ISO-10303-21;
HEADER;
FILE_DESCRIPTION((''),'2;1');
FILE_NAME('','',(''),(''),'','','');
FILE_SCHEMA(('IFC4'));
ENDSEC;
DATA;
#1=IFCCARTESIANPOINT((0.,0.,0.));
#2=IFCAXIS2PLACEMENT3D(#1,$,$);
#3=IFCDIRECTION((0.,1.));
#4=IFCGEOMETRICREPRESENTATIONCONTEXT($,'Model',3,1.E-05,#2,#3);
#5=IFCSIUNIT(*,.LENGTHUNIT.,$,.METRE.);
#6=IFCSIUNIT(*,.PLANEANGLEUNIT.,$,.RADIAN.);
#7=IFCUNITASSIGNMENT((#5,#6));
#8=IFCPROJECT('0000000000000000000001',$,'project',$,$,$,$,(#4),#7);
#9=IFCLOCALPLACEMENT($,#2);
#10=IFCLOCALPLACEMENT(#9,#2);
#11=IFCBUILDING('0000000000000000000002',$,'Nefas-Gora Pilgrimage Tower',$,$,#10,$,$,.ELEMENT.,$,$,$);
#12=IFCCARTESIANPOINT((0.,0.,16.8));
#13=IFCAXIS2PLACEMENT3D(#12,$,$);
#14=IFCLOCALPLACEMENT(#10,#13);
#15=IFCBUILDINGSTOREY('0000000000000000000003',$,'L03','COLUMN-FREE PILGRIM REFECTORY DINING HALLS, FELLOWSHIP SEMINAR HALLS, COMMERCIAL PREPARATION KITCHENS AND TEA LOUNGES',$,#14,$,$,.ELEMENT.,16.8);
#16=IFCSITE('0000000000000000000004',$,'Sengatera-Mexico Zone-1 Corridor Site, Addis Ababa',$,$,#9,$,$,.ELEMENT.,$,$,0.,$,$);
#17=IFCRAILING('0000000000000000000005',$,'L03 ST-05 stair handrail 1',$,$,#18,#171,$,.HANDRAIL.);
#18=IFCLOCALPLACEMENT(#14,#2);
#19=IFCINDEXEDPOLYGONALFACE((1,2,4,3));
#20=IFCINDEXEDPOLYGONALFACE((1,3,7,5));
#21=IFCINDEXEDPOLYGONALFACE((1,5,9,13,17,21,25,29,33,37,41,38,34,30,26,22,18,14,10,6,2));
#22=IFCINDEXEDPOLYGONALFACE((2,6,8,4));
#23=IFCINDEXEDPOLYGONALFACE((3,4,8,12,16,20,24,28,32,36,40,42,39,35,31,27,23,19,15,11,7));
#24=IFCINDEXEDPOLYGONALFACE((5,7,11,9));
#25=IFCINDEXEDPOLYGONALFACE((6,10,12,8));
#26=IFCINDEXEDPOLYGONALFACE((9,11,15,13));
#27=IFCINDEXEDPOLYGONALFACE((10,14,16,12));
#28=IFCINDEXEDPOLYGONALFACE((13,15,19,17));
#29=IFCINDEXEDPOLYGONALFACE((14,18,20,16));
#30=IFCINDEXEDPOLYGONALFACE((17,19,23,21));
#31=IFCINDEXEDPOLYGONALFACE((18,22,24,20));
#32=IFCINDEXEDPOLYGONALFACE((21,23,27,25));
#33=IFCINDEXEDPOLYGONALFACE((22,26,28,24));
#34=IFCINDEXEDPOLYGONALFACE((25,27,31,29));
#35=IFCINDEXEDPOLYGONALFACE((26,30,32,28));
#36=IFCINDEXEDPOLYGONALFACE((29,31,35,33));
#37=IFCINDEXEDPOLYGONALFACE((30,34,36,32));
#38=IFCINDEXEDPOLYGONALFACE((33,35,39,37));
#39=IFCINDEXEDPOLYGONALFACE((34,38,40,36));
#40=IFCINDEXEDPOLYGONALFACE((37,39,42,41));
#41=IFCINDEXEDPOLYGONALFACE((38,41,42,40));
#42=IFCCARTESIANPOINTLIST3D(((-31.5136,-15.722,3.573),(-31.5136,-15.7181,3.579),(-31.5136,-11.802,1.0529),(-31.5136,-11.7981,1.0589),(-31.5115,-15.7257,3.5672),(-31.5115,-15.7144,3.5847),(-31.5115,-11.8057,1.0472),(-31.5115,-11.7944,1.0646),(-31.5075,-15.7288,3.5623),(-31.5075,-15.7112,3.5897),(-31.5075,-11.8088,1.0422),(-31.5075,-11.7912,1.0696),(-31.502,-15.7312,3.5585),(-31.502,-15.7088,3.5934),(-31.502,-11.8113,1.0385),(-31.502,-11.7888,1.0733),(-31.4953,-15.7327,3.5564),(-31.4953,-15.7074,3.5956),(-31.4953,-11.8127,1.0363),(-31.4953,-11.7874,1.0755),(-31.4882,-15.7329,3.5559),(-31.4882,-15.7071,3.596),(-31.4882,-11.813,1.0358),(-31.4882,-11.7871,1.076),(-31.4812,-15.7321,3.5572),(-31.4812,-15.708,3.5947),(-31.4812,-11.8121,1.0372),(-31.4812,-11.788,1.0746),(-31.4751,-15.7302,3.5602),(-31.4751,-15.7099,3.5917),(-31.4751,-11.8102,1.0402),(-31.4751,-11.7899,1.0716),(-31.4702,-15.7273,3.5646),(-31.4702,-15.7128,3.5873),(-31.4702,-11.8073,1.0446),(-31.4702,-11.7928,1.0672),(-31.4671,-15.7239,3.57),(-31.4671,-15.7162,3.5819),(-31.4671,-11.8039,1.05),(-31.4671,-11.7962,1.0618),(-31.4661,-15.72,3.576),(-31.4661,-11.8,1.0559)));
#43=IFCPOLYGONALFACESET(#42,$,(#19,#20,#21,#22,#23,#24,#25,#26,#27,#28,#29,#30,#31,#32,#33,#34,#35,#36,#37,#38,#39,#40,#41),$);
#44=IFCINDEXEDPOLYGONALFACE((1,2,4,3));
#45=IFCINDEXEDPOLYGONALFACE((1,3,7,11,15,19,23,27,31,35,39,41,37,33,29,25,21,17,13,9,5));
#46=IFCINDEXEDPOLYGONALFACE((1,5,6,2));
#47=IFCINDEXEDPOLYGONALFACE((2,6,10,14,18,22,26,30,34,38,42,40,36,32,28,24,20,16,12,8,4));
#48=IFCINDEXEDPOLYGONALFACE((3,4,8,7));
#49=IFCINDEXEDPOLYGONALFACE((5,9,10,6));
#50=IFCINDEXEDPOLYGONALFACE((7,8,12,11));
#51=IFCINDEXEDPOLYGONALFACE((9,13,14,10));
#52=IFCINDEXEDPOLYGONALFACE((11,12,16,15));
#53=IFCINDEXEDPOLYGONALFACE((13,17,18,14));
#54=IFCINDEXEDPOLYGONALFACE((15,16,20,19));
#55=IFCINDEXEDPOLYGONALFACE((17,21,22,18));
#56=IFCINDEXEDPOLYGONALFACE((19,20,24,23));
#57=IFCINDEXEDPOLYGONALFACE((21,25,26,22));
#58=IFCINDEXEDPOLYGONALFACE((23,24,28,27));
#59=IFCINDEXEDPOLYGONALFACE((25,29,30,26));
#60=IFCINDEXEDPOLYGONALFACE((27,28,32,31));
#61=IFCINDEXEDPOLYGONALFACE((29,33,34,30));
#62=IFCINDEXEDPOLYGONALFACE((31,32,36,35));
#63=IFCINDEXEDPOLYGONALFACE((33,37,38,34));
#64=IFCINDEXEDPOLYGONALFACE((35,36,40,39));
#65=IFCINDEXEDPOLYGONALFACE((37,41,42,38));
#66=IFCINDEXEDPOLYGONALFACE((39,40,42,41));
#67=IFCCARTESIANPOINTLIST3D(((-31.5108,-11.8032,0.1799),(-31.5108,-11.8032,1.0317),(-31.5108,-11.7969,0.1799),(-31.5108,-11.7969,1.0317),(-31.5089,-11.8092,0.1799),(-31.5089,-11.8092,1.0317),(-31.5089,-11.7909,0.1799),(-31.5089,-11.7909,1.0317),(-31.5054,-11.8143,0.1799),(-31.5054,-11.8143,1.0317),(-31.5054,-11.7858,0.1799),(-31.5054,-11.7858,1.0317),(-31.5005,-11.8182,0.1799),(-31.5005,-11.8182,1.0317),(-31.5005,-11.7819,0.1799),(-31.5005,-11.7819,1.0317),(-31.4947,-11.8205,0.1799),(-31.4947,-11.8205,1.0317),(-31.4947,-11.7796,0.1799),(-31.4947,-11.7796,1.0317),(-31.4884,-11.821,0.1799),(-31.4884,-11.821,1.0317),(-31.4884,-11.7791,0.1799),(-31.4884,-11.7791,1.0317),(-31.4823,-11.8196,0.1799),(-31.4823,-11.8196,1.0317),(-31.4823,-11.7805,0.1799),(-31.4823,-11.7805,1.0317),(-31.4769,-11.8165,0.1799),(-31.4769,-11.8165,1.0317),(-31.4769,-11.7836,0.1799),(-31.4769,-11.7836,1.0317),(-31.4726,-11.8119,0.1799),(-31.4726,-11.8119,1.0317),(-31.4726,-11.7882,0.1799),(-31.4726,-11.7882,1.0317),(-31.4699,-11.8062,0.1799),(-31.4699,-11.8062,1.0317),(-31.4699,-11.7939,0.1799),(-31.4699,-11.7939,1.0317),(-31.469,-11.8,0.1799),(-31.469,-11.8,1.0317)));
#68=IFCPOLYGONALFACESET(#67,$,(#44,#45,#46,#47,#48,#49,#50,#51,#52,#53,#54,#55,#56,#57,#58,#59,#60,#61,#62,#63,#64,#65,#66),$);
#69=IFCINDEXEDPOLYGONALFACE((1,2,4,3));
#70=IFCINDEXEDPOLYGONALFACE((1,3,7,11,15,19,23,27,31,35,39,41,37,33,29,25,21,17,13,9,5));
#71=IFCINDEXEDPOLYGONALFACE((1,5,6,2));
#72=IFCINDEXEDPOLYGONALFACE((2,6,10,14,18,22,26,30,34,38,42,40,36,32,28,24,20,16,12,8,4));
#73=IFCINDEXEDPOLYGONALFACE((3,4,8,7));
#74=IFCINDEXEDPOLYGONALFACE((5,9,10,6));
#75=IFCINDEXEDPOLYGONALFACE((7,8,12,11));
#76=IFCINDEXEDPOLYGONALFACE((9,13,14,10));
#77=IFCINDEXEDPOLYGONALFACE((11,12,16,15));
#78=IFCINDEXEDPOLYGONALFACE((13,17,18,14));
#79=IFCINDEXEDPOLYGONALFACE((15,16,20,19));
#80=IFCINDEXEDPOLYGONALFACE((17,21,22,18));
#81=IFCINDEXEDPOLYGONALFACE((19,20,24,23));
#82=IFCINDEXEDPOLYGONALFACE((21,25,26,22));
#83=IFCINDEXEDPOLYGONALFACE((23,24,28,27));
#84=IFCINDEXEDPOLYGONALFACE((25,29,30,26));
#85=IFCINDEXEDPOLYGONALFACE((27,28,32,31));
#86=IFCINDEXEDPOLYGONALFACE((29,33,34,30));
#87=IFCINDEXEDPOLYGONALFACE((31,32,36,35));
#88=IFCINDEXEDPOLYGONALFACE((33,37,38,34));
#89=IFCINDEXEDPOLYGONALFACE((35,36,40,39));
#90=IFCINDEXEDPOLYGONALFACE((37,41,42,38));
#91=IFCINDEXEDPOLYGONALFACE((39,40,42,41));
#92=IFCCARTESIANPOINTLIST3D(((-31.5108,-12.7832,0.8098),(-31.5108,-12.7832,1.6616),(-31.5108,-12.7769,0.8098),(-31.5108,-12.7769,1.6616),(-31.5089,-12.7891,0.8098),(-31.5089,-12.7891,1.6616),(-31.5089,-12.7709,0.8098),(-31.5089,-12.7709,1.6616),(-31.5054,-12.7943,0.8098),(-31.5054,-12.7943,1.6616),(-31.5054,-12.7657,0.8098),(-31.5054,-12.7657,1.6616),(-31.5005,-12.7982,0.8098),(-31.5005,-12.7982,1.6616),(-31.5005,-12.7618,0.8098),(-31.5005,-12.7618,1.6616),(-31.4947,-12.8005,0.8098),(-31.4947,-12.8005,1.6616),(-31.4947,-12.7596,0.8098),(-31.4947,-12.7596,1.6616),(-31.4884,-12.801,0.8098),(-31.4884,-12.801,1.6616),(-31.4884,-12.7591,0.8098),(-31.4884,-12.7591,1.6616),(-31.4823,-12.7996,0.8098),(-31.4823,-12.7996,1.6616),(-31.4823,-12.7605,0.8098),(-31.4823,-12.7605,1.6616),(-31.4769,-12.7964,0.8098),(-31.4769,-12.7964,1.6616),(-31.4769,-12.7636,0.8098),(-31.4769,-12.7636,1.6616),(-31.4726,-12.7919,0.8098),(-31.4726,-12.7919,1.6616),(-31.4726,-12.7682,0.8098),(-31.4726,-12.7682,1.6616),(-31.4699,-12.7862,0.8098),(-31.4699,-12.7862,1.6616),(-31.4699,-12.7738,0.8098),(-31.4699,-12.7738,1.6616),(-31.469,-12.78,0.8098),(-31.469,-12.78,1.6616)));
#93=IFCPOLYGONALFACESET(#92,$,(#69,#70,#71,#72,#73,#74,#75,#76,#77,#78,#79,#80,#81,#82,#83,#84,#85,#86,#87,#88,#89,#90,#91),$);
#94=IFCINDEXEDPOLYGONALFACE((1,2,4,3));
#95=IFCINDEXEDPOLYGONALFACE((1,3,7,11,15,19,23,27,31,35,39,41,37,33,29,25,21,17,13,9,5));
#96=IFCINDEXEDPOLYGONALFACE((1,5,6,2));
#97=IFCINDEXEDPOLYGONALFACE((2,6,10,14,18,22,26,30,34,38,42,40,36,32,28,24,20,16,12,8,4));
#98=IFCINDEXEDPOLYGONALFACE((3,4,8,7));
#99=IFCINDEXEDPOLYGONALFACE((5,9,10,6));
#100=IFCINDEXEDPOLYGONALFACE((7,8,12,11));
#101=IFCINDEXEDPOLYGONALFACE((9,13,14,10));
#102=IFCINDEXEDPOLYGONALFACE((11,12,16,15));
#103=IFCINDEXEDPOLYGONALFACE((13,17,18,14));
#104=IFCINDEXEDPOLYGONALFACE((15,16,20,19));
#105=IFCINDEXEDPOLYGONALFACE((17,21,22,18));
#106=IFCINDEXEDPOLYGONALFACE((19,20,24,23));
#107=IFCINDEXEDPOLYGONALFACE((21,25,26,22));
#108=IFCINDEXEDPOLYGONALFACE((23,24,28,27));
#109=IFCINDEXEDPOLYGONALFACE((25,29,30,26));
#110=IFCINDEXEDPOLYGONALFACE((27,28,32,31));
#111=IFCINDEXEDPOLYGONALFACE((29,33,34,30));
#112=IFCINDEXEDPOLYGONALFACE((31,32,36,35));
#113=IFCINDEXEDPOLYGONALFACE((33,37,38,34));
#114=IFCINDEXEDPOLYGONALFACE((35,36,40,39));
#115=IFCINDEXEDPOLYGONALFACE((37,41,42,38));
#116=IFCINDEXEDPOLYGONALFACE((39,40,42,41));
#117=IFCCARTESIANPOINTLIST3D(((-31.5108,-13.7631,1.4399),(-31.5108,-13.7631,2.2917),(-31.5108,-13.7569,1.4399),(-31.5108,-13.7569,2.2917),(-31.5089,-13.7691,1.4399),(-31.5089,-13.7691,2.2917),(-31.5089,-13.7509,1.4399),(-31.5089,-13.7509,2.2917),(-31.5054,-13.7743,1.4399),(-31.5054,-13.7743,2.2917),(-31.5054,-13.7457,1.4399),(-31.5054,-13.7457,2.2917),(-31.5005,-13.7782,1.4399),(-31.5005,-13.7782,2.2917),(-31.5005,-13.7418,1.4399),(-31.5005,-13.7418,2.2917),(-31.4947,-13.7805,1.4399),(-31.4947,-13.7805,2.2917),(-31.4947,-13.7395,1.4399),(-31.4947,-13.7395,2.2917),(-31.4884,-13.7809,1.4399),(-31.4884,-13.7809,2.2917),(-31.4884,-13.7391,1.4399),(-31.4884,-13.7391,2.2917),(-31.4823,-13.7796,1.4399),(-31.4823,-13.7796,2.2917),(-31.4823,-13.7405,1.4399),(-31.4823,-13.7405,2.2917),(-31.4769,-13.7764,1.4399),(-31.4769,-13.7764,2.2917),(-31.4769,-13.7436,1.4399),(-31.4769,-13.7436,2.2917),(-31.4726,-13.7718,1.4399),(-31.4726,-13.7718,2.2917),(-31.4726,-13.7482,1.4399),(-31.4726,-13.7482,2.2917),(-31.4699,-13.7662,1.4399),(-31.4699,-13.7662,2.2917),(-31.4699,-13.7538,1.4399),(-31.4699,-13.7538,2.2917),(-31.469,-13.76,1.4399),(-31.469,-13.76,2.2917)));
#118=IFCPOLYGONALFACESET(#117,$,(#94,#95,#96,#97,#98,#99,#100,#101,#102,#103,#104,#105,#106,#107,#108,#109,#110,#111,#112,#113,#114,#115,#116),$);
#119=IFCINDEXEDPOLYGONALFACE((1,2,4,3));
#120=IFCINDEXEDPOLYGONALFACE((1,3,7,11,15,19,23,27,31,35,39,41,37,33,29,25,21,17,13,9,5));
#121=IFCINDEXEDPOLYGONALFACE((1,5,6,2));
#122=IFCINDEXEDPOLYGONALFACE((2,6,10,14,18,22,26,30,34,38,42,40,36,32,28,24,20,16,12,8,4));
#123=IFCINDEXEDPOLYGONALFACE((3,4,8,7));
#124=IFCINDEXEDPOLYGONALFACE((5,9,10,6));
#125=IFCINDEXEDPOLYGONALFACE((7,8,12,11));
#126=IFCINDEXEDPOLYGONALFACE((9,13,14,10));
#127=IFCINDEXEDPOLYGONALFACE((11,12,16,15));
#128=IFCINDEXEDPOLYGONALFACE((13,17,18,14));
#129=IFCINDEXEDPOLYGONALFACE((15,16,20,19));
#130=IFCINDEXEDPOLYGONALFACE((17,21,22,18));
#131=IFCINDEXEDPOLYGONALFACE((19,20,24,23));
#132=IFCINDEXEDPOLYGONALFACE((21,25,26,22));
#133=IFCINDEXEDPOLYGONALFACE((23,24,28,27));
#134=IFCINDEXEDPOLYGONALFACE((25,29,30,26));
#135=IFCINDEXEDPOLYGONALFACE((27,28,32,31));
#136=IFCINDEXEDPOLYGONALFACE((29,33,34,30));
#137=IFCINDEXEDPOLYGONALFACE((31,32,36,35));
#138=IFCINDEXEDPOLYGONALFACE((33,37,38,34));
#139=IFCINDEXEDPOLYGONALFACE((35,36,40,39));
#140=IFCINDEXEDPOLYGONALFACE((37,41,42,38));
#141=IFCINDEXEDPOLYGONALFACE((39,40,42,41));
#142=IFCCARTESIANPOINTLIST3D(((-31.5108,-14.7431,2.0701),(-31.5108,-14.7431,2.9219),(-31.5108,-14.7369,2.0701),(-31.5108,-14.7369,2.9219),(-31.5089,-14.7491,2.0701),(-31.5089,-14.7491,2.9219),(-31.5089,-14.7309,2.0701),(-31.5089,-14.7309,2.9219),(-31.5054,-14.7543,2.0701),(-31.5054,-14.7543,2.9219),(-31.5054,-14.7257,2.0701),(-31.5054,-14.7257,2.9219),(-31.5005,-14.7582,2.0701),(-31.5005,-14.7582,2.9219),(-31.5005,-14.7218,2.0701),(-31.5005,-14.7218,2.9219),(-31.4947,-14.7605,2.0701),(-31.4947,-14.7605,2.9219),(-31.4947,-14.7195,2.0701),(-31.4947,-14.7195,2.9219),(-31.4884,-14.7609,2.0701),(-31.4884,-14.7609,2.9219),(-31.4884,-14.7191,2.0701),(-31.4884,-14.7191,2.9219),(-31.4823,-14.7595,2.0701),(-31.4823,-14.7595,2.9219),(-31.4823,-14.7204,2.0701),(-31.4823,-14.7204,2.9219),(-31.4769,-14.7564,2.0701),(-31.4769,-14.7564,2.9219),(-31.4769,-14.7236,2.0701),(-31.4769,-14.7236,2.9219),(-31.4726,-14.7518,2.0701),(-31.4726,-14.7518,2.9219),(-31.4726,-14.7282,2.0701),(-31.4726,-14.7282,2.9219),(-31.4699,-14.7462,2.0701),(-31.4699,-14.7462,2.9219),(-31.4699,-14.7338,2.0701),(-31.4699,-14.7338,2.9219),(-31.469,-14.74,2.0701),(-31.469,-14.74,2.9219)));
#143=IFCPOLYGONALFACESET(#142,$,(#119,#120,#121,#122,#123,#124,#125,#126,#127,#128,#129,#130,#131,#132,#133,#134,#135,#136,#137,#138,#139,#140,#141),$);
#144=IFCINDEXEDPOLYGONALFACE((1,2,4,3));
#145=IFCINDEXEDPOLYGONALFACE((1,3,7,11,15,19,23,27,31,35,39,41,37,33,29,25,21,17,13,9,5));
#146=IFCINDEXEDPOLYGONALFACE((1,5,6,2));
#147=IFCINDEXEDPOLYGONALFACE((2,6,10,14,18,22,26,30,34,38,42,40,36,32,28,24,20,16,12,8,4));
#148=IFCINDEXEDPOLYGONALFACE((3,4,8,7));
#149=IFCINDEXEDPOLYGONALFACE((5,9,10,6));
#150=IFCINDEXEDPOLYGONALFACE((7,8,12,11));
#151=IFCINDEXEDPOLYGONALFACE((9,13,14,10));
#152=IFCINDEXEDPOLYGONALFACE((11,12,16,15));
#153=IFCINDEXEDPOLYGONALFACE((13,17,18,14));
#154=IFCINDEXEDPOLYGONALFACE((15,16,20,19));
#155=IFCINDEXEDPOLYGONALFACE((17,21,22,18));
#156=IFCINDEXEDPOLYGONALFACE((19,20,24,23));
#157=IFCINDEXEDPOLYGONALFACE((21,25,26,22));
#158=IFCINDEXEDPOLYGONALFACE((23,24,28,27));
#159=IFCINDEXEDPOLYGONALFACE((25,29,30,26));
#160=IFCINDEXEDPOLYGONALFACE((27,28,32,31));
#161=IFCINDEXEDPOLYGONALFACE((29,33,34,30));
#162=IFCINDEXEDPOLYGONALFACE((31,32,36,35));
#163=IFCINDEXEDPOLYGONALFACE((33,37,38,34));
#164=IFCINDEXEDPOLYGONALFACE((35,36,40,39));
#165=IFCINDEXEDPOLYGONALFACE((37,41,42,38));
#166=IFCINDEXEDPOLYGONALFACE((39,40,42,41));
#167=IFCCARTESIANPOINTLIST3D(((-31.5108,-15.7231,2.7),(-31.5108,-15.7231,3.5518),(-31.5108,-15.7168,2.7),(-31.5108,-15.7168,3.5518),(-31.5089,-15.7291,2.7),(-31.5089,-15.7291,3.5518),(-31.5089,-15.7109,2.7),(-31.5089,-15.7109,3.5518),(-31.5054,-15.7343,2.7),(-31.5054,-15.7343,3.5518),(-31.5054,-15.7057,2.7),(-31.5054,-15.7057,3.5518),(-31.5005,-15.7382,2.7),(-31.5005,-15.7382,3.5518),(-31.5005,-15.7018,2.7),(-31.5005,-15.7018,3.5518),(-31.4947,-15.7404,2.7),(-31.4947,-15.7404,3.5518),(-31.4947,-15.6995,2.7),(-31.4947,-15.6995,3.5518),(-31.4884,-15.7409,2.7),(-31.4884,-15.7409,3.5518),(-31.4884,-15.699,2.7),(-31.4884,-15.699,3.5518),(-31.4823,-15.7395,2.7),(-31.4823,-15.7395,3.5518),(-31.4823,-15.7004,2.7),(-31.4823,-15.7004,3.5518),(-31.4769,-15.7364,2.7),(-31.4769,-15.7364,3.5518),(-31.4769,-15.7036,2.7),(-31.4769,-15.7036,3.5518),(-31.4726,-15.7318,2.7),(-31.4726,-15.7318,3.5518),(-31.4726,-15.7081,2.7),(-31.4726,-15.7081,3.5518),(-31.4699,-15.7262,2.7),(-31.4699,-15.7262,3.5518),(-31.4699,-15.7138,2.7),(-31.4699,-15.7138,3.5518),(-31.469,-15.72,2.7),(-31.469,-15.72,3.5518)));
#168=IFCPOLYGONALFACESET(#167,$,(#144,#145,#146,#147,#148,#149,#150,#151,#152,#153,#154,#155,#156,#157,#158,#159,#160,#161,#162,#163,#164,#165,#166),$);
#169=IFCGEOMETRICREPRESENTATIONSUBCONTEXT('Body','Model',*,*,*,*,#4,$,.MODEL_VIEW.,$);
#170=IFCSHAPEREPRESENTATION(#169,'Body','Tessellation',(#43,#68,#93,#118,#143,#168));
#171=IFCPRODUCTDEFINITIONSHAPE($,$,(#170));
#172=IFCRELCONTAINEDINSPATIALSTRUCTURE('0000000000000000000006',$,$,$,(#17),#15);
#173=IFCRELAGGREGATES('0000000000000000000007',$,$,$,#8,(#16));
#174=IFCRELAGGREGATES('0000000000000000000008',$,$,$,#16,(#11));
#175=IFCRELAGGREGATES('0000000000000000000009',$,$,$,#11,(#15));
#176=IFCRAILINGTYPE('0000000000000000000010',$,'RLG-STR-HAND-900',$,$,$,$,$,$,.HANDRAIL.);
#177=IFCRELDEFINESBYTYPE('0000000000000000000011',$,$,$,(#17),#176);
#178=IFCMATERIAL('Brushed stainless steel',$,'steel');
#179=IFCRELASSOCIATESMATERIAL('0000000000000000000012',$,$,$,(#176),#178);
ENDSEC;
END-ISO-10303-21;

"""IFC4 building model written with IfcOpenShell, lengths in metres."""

from ifc_helpers import new_model, si_unit, direction, frame, origin, origin_2d, place, context, subcontext, project, spatial, circle, extrude, material, type_object, element, save


model = new_model("IFC4")

# Units and contexts
model_context = context("Model", 3, precision=1e-05, world=origin(), true_north=direction((0.0, 1.0)))
body_context = subcontext(model_context, "Body", "Model", "MODEL_VIEW")
ifc_project = project(units=[si_unit("LENGTHUNIT", "METRE"), si_unit("PLANEANGLEUNIT", "RADIAN")], contexts=[model_context])

# Site, building, storey
site_placement = place(None, origin())
site = spatial("IfcSite", under=ifc_project, at=site_placement, Name="Sengatera-Mexico Zone-1 Corridor Site, Addis Ababa", CompositionType="ELEMENT", RefElevation=0.0)
building_placement = place(site_placement, origin())
building = spatial("IfcBuilding", under=site, at=building_placement, Name="Nefas-Gora Pilgrimage Tower", CompositionType="ELEMENT")
storey_placement = place(building_placement, frame((0.0, 0.0, 16.8)))
storey = spatial("IfcBuildingStorey", under=building, at=storey_placement, Name="L03", Description="COLUMN-FREE PILGRIM REFECTORY DINING HALLS, FELLOWSHIP SEMINAR HALLS, COMMERCIAL PREPARATION KITCHENS AND TEA LOUNGES", CompositionType="ELEMENT", Elevation=16.8)

# Railing
ifc_material_1 = material(Name="Brushed stainless steel", Category="steel")
railing_type_1 = type_object("IfcRailingType", Name="RLG-STR-HAND-900", PredefinedType="HANDRAIL", material=ifc_material_1)
railing_1_placement = place(storey_placement, frame((-31.49, -11.8, 0.1799)))
element("IfcRailing", 1, at=railing_1_placement, inside=storey, type_object=railing_type_1, Name="L03 ST-05 stair handrail 1", PredefinedType="HANDRAIL", context=body_context, shape_type="SweptSolid", body=[
    extrude(circle(Radius=0.0239, at=origin_2d()), frame((0.0, 0.0, 0.876), z_axis=(0.0, -0.841172, 0.540768), x_axis=(1.0, 0.0, 0.0)), (0.0, 0.0, 1.0), 4.6602),
    extrude(circle(Radius=0.021, at=origin_2d()), origin(), (0.0, 0.0, 1.0), 0.8518),
    extrude(circle(Radius=0.021, at=origin_2d()), frame((0.0, -0.98, 0.6299)), (0.0, 0.0, 1.0), 0.8518),
    extrude(circle(Radius=0.021, at=origin_2d()), frame((0.0, -1.96, 1.26)), (0.0, 0.0, 1.0), 0.8518),
    extrude(circle(Radius=0.021, at=origin_2d()), frame((0.0, -2.9399, 1.8901)), (0.0, 0.0, 1.0), 0.8518),
    extrude(circle(Radius=0.021, at=origin_2d()), frame((0.0, -3.9199, 2.52)), (0.0, 0.0, 1.0), 0.8518),
])

save(model, "model.ifc")
